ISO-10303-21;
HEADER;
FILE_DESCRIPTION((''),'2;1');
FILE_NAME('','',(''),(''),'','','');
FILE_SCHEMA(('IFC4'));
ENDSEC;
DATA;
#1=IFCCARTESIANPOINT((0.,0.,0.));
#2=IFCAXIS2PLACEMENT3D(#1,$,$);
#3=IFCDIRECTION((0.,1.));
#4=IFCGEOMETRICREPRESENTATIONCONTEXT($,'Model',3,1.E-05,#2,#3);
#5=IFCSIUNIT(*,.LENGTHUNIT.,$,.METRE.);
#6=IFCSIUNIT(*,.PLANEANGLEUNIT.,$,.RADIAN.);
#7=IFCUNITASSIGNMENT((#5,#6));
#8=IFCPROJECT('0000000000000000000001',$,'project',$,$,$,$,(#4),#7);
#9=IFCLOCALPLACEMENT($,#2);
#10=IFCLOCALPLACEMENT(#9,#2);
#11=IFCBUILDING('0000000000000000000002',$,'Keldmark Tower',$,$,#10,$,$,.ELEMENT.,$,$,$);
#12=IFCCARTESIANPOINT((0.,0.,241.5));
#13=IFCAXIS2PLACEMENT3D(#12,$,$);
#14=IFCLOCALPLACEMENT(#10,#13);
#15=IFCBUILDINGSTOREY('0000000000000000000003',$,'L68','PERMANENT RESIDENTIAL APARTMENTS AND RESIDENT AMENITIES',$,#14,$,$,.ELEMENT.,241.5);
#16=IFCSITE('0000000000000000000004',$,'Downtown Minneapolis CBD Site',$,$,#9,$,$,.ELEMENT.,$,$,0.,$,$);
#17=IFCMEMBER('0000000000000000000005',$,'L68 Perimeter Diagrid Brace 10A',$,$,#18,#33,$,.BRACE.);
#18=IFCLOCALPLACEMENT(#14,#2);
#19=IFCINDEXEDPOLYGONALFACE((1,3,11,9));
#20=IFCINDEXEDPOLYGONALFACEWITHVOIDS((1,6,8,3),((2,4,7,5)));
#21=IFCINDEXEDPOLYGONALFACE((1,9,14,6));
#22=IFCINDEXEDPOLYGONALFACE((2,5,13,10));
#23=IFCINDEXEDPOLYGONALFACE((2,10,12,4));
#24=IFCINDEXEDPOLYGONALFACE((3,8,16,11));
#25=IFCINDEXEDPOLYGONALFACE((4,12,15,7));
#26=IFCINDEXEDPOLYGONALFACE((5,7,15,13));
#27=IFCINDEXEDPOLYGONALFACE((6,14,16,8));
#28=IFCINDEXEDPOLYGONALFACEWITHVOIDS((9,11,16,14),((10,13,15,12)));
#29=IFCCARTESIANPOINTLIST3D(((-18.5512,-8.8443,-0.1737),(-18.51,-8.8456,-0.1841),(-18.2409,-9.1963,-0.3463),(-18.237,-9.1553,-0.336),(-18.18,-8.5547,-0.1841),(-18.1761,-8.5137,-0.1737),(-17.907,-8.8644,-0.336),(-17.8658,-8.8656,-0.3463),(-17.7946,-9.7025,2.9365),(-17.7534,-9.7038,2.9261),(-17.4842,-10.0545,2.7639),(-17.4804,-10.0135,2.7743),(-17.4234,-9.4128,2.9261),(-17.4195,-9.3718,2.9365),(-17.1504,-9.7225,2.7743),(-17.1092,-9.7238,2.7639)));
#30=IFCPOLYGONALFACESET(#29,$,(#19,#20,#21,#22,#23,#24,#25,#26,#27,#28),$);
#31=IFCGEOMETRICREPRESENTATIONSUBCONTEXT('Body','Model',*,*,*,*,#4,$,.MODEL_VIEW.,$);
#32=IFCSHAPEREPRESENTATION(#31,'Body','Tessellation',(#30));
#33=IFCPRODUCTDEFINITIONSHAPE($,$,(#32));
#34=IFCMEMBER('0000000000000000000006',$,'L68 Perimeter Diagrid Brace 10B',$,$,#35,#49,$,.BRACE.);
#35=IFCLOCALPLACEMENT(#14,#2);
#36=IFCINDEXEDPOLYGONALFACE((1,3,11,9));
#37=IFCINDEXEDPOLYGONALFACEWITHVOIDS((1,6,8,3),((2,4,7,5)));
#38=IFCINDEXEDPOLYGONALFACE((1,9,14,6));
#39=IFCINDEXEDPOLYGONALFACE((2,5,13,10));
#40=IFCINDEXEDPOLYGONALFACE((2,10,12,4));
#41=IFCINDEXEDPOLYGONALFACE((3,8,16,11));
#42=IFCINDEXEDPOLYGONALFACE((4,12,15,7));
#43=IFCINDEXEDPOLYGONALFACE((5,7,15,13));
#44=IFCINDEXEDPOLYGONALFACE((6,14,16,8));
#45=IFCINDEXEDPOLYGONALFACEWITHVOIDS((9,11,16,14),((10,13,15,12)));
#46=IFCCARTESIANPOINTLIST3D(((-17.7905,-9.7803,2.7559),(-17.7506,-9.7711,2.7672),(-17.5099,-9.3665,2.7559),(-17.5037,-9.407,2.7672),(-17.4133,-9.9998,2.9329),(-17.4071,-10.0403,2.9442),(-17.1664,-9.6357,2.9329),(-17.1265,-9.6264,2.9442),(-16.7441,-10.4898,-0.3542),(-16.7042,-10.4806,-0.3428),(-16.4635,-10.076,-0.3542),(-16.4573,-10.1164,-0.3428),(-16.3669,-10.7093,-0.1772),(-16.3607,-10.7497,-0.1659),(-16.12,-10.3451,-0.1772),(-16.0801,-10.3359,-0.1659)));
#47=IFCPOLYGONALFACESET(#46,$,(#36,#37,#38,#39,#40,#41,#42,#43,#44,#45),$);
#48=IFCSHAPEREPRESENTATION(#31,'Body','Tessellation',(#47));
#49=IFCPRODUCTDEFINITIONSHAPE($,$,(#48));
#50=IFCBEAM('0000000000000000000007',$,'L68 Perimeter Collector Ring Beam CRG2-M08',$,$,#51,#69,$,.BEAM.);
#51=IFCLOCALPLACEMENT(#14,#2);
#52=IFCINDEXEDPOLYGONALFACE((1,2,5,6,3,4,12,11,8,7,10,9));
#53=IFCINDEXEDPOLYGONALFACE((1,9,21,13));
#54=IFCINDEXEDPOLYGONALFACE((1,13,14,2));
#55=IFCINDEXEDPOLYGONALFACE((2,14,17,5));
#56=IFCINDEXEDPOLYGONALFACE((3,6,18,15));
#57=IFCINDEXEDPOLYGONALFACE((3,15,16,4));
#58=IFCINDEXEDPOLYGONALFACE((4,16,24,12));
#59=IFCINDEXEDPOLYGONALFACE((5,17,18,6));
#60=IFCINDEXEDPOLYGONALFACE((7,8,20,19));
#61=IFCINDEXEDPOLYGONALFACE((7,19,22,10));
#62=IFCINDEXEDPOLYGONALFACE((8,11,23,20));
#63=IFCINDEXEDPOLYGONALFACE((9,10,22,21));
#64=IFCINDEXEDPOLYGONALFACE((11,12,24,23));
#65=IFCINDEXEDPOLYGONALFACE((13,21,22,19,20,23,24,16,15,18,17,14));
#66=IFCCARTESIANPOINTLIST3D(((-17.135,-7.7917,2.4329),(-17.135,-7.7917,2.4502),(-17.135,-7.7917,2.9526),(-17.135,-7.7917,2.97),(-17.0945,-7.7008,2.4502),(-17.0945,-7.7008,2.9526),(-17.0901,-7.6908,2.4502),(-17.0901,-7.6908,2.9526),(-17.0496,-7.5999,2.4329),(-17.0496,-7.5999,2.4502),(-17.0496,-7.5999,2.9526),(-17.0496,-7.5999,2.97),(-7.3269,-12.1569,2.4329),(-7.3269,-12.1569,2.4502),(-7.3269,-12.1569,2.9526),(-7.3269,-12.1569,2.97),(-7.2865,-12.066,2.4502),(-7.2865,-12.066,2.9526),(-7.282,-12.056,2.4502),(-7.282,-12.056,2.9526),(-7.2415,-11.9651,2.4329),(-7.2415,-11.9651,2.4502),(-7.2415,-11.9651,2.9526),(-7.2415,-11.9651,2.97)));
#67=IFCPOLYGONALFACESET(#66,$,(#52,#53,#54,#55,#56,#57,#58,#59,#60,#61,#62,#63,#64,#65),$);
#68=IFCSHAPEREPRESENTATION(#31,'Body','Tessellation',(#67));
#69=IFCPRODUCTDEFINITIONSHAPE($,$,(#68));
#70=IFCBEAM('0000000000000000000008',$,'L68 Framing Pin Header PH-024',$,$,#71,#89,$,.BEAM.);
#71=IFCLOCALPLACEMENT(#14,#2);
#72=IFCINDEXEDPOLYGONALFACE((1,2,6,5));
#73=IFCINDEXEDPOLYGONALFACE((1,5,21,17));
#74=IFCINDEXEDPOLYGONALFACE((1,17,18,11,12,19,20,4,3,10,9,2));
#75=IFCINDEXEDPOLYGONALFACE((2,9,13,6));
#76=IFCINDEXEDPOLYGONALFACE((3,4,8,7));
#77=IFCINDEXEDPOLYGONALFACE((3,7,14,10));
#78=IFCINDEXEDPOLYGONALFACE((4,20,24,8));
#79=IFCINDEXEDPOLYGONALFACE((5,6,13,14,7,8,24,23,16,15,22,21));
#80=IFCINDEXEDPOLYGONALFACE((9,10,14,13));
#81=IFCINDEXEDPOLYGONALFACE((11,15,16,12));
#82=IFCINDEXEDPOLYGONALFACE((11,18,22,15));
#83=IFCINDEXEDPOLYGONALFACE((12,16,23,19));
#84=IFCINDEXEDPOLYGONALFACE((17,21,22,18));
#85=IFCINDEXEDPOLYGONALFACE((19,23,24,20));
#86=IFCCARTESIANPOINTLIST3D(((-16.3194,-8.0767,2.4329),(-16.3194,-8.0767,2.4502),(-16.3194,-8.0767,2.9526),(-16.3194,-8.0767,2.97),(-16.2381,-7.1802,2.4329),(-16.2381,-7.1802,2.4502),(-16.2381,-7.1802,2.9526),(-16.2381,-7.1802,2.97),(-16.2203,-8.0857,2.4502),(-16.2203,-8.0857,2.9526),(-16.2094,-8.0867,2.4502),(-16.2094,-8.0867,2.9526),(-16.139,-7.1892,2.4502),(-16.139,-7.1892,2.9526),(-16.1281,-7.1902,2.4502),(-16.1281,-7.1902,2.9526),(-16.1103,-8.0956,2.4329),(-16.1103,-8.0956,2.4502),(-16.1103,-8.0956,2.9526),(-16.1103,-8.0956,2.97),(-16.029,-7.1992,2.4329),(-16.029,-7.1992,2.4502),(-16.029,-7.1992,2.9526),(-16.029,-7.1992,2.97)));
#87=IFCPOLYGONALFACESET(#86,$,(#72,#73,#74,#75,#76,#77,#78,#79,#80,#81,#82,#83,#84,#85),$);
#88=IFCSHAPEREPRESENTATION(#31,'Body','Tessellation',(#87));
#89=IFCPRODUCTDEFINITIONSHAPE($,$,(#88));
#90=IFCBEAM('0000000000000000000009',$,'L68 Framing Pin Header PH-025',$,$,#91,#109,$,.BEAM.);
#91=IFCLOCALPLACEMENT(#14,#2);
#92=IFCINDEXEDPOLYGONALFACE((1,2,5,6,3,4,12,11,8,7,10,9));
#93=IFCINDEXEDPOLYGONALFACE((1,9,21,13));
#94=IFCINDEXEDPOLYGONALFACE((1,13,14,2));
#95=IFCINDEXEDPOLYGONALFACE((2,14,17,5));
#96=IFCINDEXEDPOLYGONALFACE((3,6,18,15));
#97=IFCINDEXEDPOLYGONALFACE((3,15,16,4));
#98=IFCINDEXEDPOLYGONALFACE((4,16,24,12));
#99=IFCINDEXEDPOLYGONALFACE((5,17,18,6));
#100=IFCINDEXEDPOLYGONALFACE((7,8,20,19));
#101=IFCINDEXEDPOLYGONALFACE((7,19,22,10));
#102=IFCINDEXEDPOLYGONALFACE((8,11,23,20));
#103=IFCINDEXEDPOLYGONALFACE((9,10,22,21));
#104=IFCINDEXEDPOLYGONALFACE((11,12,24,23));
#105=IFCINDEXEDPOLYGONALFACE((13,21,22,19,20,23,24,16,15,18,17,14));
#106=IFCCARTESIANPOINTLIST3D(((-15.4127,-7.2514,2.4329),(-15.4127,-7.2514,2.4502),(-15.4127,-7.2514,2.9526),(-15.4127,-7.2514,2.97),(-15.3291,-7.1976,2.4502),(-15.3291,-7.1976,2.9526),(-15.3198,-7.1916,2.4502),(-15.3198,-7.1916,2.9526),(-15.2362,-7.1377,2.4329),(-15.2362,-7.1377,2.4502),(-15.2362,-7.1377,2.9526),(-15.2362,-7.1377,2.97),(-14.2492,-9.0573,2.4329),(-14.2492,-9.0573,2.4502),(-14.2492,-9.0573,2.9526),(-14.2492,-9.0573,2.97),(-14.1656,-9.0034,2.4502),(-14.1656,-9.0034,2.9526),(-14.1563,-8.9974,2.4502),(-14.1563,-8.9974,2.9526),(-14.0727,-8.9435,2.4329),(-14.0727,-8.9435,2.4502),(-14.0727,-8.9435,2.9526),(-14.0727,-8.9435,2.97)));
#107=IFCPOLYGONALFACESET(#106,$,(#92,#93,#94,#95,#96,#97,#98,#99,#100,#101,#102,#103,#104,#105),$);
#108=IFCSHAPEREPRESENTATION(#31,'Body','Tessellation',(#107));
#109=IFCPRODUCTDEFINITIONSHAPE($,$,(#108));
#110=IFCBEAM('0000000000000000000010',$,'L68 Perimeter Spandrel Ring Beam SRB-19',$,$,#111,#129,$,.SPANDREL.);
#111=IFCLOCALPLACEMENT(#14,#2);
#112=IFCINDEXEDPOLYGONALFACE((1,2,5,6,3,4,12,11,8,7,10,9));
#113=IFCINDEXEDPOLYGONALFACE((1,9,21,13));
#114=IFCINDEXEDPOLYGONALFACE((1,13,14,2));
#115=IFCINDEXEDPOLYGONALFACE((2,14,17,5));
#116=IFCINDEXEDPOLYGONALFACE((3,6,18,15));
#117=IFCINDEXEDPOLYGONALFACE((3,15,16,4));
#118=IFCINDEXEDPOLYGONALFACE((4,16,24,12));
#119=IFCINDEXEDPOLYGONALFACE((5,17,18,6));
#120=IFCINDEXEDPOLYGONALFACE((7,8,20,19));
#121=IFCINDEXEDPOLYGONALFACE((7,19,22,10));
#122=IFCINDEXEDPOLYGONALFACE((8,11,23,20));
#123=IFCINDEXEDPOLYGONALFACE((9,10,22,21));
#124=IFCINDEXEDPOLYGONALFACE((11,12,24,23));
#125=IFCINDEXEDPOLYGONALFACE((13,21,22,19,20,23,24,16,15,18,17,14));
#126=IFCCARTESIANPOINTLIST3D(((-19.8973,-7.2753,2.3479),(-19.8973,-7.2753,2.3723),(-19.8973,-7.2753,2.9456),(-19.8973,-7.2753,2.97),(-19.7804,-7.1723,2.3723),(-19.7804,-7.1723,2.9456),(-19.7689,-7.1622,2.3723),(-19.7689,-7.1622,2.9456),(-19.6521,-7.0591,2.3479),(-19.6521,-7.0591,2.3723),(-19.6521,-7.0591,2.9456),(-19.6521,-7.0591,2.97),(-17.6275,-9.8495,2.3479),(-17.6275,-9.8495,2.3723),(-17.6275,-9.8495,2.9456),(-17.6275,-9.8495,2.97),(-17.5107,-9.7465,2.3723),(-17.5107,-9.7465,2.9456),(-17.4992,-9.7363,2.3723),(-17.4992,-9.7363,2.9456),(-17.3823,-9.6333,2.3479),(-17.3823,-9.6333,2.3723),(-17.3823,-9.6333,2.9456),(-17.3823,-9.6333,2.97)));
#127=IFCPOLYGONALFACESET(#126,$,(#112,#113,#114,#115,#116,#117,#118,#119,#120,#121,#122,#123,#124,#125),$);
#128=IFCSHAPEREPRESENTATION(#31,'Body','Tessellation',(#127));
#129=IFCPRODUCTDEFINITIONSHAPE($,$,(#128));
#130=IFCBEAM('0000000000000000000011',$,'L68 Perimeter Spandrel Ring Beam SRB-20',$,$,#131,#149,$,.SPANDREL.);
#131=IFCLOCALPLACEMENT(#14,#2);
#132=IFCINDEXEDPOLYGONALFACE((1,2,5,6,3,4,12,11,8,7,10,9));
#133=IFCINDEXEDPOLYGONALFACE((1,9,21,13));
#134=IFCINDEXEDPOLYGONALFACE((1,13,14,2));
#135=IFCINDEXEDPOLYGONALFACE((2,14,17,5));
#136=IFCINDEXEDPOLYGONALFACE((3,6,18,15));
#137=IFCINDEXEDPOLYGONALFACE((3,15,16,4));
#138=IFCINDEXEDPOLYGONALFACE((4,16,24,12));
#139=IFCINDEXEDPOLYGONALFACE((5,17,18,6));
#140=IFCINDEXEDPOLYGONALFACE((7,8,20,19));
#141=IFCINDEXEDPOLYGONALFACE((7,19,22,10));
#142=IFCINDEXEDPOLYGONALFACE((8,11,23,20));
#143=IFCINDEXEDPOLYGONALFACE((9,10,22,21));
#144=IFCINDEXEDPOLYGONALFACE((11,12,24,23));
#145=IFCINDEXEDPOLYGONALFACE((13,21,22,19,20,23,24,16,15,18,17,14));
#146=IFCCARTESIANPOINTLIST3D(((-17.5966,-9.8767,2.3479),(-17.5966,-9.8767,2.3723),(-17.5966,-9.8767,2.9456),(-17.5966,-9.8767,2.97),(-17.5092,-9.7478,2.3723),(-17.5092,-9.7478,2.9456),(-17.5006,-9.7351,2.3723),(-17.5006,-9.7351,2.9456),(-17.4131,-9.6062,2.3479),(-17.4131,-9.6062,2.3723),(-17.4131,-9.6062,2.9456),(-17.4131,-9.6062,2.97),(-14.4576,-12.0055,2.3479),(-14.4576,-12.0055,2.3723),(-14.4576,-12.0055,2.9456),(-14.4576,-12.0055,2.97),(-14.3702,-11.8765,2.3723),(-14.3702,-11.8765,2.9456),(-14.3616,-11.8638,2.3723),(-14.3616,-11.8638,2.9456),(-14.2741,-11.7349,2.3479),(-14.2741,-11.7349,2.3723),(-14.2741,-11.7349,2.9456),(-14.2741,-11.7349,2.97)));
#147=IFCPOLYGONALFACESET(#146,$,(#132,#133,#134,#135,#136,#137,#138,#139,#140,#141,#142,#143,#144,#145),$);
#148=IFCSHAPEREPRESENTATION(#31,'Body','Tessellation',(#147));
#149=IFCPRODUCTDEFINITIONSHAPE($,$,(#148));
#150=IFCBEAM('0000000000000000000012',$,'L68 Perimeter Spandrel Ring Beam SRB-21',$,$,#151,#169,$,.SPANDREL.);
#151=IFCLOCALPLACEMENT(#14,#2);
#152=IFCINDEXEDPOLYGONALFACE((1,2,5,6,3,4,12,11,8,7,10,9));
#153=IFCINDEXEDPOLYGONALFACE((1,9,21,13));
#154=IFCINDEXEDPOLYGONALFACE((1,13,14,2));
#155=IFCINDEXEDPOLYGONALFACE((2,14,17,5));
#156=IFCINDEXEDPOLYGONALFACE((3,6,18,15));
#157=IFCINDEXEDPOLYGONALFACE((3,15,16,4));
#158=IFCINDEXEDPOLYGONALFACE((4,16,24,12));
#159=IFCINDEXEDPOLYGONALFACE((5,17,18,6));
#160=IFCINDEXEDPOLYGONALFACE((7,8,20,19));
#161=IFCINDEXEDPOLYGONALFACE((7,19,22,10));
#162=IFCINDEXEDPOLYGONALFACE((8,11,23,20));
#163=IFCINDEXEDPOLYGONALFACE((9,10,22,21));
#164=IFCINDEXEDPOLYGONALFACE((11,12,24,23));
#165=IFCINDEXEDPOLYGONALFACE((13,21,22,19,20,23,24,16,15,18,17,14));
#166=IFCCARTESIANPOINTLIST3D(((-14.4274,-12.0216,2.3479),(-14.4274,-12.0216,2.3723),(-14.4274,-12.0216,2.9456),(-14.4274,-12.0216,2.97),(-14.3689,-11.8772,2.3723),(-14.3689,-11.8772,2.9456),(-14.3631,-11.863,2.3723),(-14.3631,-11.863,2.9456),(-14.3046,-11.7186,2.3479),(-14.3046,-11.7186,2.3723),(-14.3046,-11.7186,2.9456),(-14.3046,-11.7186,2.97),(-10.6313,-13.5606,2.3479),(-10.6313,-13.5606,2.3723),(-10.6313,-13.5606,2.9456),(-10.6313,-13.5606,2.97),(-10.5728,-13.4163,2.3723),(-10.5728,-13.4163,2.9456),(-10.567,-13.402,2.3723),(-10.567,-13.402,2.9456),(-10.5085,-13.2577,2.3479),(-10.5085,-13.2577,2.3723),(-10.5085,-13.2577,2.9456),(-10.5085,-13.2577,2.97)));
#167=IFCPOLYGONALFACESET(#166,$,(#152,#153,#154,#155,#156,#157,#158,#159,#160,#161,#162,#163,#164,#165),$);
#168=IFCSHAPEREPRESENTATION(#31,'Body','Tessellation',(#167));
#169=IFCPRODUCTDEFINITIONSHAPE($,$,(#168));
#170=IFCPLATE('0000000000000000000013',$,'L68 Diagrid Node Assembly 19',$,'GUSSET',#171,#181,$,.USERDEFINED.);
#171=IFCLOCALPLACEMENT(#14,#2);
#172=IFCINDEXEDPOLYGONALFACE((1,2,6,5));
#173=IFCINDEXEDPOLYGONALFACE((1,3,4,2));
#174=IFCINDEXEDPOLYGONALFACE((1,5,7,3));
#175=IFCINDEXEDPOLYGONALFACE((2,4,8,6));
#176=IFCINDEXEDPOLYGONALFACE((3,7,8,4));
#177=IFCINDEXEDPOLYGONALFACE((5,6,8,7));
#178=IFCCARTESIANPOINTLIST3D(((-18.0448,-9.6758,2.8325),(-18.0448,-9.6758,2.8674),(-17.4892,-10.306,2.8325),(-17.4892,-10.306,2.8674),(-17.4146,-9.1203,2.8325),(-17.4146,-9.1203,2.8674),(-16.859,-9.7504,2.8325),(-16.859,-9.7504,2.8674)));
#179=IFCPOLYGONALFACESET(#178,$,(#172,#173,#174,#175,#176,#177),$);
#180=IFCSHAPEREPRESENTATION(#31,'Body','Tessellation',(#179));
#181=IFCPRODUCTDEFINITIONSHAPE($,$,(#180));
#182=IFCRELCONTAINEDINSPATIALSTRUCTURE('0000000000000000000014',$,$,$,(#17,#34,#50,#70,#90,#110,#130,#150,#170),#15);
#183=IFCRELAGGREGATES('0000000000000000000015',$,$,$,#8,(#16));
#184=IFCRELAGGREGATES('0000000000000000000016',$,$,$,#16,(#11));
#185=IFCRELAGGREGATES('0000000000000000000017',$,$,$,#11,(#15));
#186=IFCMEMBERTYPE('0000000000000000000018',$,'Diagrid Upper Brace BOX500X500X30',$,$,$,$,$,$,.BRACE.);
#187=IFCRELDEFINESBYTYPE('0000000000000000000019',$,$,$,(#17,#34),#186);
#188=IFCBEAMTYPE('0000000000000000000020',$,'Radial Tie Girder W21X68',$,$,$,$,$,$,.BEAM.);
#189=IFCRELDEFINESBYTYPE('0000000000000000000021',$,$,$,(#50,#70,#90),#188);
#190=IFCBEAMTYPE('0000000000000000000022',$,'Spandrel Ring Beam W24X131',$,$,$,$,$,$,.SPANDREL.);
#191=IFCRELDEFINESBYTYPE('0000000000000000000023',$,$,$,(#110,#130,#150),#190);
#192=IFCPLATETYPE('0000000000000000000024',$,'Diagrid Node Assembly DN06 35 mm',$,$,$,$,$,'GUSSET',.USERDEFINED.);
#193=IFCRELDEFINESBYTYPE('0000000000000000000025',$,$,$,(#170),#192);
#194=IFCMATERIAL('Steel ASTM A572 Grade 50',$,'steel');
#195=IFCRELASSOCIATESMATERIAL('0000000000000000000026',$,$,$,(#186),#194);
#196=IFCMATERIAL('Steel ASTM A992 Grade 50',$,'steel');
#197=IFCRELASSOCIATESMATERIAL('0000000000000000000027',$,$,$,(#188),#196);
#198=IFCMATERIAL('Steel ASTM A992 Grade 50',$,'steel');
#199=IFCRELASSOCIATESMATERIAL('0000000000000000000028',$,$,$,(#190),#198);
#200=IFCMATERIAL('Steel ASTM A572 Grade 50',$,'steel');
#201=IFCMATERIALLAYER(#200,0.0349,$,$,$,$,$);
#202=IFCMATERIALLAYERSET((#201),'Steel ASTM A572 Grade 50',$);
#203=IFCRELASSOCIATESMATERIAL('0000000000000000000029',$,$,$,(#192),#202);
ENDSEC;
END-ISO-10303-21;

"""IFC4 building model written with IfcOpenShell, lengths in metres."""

from ifc_helpers import new_model, si_unit, direction, frame, origin, origin_2d, place, context, subcontext, project, spatial, rectangle, hollow_rectangle, i_section, extrude, material, layer, layer_set, material_profile, profile_set, type_object, element, save


model = new_model("IFC4")

# Units and contexts
model_context = context("Model", 3, precision=1e-05, world=origin(), true_north=direction((0.0, 1.0)))
body_context = subcontext(model_context, "Body", "Model", "MODEL_VIEW")
ifc_project = project(units=[si_unit("LENGTHUNIT", "METRE"), si_unit("PLANEANGLEUNIT", "RADIAN")], contexts=[model_context])

# Site, building, storey
site_placement = place(None, origin())
site = spatial("IfcSite", under=ifc_project, at=site_placement, Name="Downtown Minneapolis CBD Site", CompositionType="ELEMENT", RefElevation=0.0)
building_placement = place(site_placement, origin())
building = spatial("IfcBuilding", under=site, at=building_placement, Name="Keldmark Tower", CompositionType="ELEMENT")
storey_placement = place(building_placement, frame((0.0, 0.0, 241.5)))
storey = spatial("IfcBuildingStorey", under=building, at=storey_placement, Name="L68", Description="PERMANENT RESIDENTIAL APARTMENTS AND RESIDENT AMENITIES", CompositionType="ELEMENT", Elevation=241.5)

# Members
ifc_material_1 = material(Name="Steel ASTM A572 Grade 50", Category="steel")
ifc_material_profile_1 = material_profile(ifc_material_1, hollow_rectangle(XDim=0.5, YDim=0.5, WallThickness=0.03, at=origin_2d()), Name="BOX500X500X30")
ifc_profile_set_1 = profile_set([ifc_material_profile_1], Name="Steel ASTM A572 Grade 50")
member_type = type_object("IfcMemberType", Name="Diagrid Upper Brace BOX500X500X30", PredefinedType="BRACE", material=ifc_profile_set_1)
member_1_placement = place(storey_placement, frame((-18.2085, -8.855, -0.26), z_axis=(0.228312, -0.25896, 0.938517), x_axis=(0.750099, 0.661325, 0.0)))
element("IfcMember", 1, at=member_1_placement, inside=storey, type_object=member_type, Name="L68 Perimeter Diagrid Brace 10A", PredefinedType="BRACE", context=body_context, shape_type="SweptSolid", body=[
    extrude(hollow_rectangle(XDim=0.5, YDim=0.5, WallThickness=0.03, at=origin_2d()), origin(), (0.0, 0.0, 1.0), 3.314),
])
member_2_placement = place(storey_placement, frame((-16.4121, -10.4128, -0.26), z_axis=(-0.311681, 0.211326, 0.926389), x_axis=(-0.56119, -0.827687, 0.0)))
element("IfcMember", 2, at=member_2_placement, inside=storey, type_object=member_type, Name="L68 Perimeter Diagrid Brace 10B", PredefinedType="BRACE", context=body_context, shape_type="SweptSolid", body=[
    extrude(hollow_rectangle(XDim=0.5, YDim=0.5, WallThickness=0.03, at=origin_2d()), origin(), (0.0, 0.0, 1.0), 3.3572),
])

# Beams
ifc_material_2 = material(Name="Steel ASTM A992 Grade 50", Category="steel")
ifc_material_profile_2 = material_profile(ifc_material_2, i_section(OverallWidth=0.21, OverallDepth=0.5371, WebThickness=0.011, FlangeThickness=0.0173, at=origin_2d()), Name="W21X68")
ifc_profile_set_2 = profile_set([ifc_material_profile_2], Name="Steel ASTM A992 Grade 50")
beam_type_1 = type_object("IfcBeamType", Name="Radial Tie Girder W21X68", PredefinedType="BEAM", material=ifc_profile_set_2)
beam_1_placement = place(storey_placement, frame((-17.0923, -7.6958, 2.7014), z_axis=(0.913601, -0.406611, 0.0), x_axis=(0.406611, 0.913601, 0.0)))
element("IfcBeam", 3, at=beam_1_placement, inside=storey, type_object=beam_type_1, Name="L68 Perimeter Collector Ring Beam CRG2-M08", PredefinedType="BEAM", context=body_context, shape_type="SweptSolid", body=[
    extrude(i_section(OverallWidth=0.21, OverallDepth=0.5371, WebThickness=0.011, FlangeThickness=0.0173, at=origin_2d()), origin(), (0.0, 0.0, 1.0), 10.7356),
])
beam_2_placement = place(storey_placement, frame((-16.1335, -7.1897, 2.7014), z_axis=(-0.090316, -0.995913, 0.0), x_axis=(0.995913, -0.090316, 0.0)))
element("IfcBeam", 4, at=beam_2_placement, inside=storey, type_object=beam_type_1, Name="L68 Framing Pin Header PH-024", PredefinedType="BEAM", context=body_context, shape_type="SweptSolid", body=[
    extrude(i_section(OverallWidth=0.21, OverallDepth=0.5371, WebThickness=0.011, FlangeThickness=0.0173, at=origin_2d()), origin(), (0.0, 0.0, 1.0), 0.9001),
])
beam_3_placement = place(storey_placement, frame((-15.3245, -7.1946, 2.7014), z_axis=(0.541625, -0.84062, 0.0), x_axis=(0.84062, 0.541625, 0.0)))
element("IfcBeam", 5, at=beam_3_placement, inside=storey, type_object=beam_type_1, Name="L68 Framing Pin Header PH-025", PredefinedType="BEAM", context=body_context, shape_type="SweptSolid", body=[
    extrude(i_section(OverallWidth=0.21, OverallDepth=0.5371, WebThickness=0.011, FlangeThickness=0.0173, at=origin_2d()), origin(), (0.0, 0.0, 1.0), 2.1482),
])
ifc_material_3 = material(Name="Steel ASTM A992 Grade 50", Category="steel")
ifc_material_profile_3 = material_profile(ifc_material_3, i_section(OverallWidth=0.3269, OverallDepth=0.6221, WebThickness=0.0154, FlangeThickness=0.0244, at=origin_2d()), Name="W24X131")
ifc_profile_set_3 = profile_set([ifc_material_profile_3], Name="Steel ASTM A992 Grade 50")
beam_type_2 = type_object("IfcBeamType", Name="Spandrel Ring Beam W24X131", PredefinedType="SPANDREL", material=ifc_profile_set_3)
beam_4_placement = place(storey_placement, frame((-19.7747, -7.1672, 2.6589), z_axis=(0.66136, -0.750068, 0.0), x_axis=(0.750068, 0.66136, 0.0)))
element("IfcBeam", 6, at=beam_4_placement, inside=storey, type_object=beam_type_2, Name="L68 Perimeter Spandrel Ring Beam SRB-19", PredefinedType="SPANDREL", context=body_context, shape_type="SweptSolid", body=[
    extrude(i_section(OverallWidth=0.3269, OverallDepth=0.6221, WebThickness=0.0154, FlangeThickness=0.0244, at=origin_2d()), origin(), (0.0, 0.0, 1.0), 3.4319),
])
beam_5_placement = place(storey_placement, frame((-17.5049, -9.7415, 2.6589), z_axis=(0.827637, -0.561264, 0.0), x_axis=(0.561264, 0.827637, 0.0)))
element("IfcBeam", 7, at=beam_5_placement, inside=storey, type_object=beam_type_2, Name="L68 Perimeter Spandrel Ring Beam SRB-20", PredefinedType="SPANDREL", context=body_context, shape_type="SweptSolid", body=[
    extrude(i_section(OverallWidth=0.3269, OverallDepth=0.6221, WebThickness=0.0154, FlangeThickness=0.0244, at=origin_2d()), origin(), (0.0, 0.0, 1.0), 3.7927),
])
beam_6_placement = place(storey_placement, frame((-14.366, -11.8701, 2.6589), z_axis=(0.926732, -0.375723, 0.0), x_axis=(0.375723, 0.926732, 0.0)))
element("IfcBeam", 8, at=beam_6_placement, inside=storey, type_object=beam_type_2, Name="L68 Perimeter Spandrel Ring Beam SRB-21", PredefinedType="SPANDREL", context=body_context, shape_type="SweptSolid", body=[
    extrude(i_section(OverallWidth=0.3269, OverallDepth=0.6221, WebThickness=0.0154, FlangeThickness=0.0244, at=origin_2d()), origin(), (0.0, 0.0, 1.0), 4.0962),
])

# Plate
ifc_material_4 = material(Name="Steel ASTM A572 Grade 50", Category="steel")
ifc_layer_1 = layer(ifc_material_4, 0.0349)
ifc_layer_set_1 = layer_set([ifc_layer_1], Name="Steel ASTM A572 Grade 50")
plate_type = type_object("IfcPlateType", Name="Diagrid Node Assembly DN06 35 mm", ElementType="GUSSET", PredefinedType="USERDEFINED", material=ifc_layer_set_1)
plate_placement = place(storey_placement, frame((-17.4519, -9.7131, 2.8325), z_axis=(0.0, 0.0, 1.0), x_axis=(0.661312, -0.750111, 0.0)))
element("IfcPlate", 9, at=plate_placement, inside=storey, type_object=plate_type, Name="L68 Diagrid Node Assembly 19", ObjectType="GUSSET", PredefinedType="USERDEFINED", context=body_context, shape_type="SweptSolid", body=[
    extrude(rectangle(XDim=0.8401, YDim=0.8401, at=origin_2d()), origin(), (0.0, 0.0, 1.0), 0.0349),
])

save(model, "model.ifc")
